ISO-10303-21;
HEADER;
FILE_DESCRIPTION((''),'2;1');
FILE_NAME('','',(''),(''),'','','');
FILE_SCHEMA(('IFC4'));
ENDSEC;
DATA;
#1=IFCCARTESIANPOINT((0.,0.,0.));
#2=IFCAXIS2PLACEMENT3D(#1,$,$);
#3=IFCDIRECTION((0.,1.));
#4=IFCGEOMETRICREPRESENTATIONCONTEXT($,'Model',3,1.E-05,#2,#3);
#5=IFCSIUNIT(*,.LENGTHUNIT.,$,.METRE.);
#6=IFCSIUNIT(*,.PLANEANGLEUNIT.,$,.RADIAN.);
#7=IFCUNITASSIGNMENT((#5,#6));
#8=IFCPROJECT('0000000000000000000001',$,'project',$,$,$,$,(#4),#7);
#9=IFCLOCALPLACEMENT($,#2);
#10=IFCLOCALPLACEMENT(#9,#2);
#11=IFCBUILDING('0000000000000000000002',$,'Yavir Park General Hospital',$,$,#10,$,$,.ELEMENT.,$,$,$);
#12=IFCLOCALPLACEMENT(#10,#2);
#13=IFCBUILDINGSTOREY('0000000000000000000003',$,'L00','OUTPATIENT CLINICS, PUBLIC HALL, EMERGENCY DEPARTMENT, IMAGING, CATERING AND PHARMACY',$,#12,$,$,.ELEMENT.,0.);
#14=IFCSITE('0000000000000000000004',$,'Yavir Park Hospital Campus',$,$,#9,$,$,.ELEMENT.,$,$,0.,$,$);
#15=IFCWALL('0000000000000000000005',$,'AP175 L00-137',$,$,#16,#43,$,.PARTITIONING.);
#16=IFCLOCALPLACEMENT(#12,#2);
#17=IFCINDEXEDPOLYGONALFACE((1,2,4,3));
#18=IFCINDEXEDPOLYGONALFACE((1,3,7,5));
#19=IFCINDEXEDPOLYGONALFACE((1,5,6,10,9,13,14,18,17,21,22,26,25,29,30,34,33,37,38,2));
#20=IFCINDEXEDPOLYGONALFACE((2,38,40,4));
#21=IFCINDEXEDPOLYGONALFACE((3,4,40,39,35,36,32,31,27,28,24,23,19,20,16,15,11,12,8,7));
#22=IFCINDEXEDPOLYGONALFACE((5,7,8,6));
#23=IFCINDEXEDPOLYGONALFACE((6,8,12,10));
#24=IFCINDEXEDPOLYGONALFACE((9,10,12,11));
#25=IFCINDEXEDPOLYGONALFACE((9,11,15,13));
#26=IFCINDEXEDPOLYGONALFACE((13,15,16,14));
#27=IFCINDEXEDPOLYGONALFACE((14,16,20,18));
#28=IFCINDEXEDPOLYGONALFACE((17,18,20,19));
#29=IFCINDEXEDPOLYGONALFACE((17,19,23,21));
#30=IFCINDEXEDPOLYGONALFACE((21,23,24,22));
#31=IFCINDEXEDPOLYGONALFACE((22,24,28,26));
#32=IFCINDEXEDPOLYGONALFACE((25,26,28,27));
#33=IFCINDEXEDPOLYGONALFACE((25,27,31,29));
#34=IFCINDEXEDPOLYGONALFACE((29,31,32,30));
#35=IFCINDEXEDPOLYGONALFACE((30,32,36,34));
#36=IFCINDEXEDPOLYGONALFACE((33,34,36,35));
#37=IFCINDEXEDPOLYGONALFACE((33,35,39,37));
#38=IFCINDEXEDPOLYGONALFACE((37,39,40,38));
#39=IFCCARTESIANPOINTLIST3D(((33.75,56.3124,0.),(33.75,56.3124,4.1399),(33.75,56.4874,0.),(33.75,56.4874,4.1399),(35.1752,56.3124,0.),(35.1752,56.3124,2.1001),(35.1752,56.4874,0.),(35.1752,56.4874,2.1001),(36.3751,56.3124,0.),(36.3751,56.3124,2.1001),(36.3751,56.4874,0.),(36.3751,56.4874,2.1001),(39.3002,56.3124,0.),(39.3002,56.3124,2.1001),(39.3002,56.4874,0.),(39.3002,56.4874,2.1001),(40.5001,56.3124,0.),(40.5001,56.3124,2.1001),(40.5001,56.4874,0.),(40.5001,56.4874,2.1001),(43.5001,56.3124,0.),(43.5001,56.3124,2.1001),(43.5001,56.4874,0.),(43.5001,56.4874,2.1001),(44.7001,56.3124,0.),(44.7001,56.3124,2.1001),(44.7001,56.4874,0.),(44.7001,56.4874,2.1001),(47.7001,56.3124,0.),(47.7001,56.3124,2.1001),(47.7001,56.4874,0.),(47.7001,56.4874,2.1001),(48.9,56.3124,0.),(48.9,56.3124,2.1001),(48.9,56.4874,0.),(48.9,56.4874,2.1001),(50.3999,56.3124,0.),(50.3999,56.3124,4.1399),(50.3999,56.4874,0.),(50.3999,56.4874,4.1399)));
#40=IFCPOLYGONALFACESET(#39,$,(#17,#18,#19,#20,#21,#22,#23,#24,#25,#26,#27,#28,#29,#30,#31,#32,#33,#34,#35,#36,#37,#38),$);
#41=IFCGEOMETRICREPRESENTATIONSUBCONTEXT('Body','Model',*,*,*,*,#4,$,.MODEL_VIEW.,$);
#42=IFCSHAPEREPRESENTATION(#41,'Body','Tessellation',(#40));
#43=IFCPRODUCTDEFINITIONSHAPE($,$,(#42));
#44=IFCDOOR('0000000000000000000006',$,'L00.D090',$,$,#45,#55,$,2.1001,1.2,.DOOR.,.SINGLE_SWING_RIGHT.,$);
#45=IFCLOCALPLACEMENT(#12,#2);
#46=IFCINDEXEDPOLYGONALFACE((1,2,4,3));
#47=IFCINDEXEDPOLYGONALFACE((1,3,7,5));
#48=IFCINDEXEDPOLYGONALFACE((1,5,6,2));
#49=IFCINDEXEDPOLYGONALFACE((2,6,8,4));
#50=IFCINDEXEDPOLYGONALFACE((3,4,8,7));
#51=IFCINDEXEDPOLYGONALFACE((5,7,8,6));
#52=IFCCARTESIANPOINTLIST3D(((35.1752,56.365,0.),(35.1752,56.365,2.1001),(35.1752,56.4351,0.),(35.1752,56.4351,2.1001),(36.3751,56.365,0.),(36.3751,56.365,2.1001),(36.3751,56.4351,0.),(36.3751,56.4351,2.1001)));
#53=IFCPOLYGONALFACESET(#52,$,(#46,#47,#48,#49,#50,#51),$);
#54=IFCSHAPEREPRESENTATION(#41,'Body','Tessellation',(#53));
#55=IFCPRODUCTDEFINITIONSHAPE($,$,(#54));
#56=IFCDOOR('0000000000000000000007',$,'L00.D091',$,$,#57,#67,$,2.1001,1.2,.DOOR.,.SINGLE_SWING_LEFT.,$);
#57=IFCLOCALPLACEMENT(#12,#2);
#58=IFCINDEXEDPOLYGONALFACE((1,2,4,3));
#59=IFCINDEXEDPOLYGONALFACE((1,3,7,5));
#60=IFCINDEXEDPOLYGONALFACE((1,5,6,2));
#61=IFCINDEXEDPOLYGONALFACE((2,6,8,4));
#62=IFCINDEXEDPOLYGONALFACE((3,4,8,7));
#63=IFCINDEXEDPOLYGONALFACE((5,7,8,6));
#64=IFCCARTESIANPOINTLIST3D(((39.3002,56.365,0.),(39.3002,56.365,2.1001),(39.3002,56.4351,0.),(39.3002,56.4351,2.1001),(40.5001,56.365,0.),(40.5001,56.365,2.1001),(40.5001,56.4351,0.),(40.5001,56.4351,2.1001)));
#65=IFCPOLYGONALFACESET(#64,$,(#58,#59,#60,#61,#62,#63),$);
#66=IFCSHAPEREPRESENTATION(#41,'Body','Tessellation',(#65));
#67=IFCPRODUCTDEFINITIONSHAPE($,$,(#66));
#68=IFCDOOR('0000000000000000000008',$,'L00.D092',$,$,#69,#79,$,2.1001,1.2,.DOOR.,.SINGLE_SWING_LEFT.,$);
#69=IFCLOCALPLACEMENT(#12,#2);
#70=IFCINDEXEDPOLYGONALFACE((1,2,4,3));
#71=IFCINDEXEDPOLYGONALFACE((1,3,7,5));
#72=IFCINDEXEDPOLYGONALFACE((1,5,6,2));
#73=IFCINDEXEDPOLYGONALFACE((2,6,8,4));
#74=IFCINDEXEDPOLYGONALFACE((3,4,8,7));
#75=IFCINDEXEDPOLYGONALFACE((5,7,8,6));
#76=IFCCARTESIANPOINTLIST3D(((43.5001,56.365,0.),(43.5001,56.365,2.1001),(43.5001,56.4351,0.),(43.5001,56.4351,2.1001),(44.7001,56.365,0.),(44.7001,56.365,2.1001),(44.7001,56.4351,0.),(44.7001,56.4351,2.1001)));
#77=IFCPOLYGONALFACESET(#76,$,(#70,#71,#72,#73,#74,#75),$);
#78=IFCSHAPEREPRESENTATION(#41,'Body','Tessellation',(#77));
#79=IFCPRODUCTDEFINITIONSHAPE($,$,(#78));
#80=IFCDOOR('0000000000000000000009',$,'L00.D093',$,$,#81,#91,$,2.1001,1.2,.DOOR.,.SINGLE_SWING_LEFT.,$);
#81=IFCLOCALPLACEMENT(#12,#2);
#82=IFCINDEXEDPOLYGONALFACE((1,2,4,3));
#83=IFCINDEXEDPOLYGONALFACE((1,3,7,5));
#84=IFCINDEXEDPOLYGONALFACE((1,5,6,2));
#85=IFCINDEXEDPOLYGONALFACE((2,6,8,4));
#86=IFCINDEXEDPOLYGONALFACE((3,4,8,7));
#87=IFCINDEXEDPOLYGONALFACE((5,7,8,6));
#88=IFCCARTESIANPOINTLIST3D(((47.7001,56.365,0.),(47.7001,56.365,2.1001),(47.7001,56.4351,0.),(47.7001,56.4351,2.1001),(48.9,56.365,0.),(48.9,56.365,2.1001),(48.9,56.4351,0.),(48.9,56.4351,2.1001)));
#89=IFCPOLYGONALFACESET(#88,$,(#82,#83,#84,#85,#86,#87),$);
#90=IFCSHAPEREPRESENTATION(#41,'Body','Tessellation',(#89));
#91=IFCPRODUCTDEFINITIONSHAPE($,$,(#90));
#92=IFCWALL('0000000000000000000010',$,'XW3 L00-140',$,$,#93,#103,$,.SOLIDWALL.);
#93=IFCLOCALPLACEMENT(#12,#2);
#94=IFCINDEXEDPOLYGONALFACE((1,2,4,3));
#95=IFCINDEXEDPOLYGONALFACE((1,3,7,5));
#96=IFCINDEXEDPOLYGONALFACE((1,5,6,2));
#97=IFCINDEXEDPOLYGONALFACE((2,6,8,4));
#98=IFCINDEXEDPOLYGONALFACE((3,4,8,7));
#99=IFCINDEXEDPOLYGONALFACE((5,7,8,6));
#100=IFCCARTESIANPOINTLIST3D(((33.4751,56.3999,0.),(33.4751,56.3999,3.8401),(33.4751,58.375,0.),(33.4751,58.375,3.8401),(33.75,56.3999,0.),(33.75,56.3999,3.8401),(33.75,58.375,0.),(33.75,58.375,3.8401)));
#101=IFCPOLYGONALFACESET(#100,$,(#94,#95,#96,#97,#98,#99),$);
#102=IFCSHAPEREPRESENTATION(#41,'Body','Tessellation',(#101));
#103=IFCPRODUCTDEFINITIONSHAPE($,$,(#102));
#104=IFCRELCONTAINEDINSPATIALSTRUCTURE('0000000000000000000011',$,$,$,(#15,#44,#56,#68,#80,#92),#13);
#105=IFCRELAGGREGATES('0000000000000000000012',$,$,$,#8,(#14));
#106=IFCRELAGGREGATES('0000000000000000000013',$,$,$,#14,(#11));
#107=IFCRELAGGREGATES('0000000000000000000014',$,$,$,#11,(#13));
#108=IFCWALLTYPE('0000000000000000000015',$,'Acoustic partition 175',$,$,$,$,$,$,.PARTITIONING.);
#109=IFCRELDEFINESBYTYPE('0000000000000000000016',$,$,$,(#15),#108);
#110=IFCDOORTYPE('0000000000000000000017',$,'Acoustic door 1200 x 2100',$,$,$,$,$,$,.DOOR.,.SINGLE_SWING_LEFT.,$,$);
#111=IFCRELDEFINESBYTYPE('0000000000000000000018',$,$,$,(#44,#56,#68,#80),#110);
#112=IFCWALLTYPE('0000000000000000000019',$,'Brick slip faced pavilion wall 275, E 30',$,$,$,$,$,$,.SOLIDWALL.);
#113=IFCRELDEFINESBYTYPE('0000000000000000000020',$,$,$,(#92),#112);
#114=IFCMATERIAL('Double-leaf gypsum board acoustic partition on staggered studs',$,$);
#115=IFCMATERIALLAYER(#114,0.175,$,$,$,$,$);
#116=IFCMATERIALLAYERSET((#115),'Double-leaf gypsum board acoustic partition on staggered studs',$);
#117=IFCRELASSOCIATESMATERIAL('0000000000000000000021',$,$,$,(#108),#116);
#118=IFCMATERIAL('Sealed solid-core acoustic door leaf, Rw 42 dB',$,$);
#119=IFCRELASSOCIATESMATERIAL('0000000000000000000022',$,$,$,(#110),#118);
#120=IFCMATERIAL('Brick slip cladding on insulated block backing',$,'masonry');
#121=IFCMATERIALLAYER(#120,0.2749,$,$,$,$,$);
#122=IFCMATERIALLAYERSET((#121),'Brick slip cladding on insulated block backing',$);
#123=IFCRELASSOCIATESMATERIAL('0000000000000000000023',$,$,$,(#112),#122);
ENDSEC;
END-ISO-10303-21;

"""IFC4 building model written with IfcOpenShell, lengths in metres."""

from ifc_helpers import new_model, si_unit, direction, frame, frame_2d, origin, place, context, subcontext, project, spatial, rectangle, extrude, material, layer, layer_set, type_object, element, fill, save


model = new_model("IFC4")

# Units and contexts
model_context = context("Model", 3, precision=1e-05, world=origin(), true_north=direction((0.0, 1.0)))
body_context = subcontext(model_context, "Body", "Model", "MODEL_VIEW")
ifc_project = project(units=[si_unit("LENGTHUNIT", "METRE"), si_unit("PLANEANGLEUNIT", "RADIAN")], contexts=[model_context])

# Site, building, storey
site_placement = place(None, origin())
site = spatial("IfcSite", under=ifc_project, at=site_placement, Name="Yavir Park Hospital Campus", CompositionType="ELEMENT", RefElevation=0.0)
building_placement = place(site_placement, origin())
building = spatial("IfcBuilding", under=site, at=building_placement, Name="Yavir Park General Hospital", CompositionType="ELEMENT")
storey_placement = place(building_placement, origin())
storey = spatial("IfcBuildingStorey", under=building, at=storey_placement, Name="L00", Description="OUTPATIENT CLINICS, PUBLIC HALL, EMERGENCY DEPARTMENT, IMAGING, CATERING AND PHARMACY", CompositionType="ELEMENT", Elevation=0.0)

# Wall, openings, doors
ifc_material_1 = material(Name="Double-leaf gypsum board acoustic partition on staggered studs")
ifc_layer_1 = layer(ifc_material_1, 0.175)
ifc_layer_set_1 = layer_set([ifc_layer_1], Name="Double-leaf gypsum board acoustic partition on staggered studs")
wall_type_1 = type_object("IfcWallType", Name="Acoustic partition 175", PredefinedType="PARTITIONING", material=ifc_layer_set_1)
wall_1_placement = place(storey_placement, frame((33.75, 56.3999, 0.0), z_axis=(0.0, 0.0, 1.0), x_axis=(1.0, 0.0, 0.0)))
wall_1 = element("IfcWall", 1, at=wall_1_placement, inside=storey, type_object=wall_type_1, Name="AP175 L00-137", PredefinedType="PARTITIONING", context=body_context, shape_type="SweptSolid", body=[
    extrude(rectangle(XDim=16.6499, YDim=0.175, at=frame_2d((8.325, 0.0))), origin(), (0.0, 0.0, 1.0), 4.1399),
])
opening_1_placement = place(wall_1_placement, frame((1.425, 0.0, 0.0)))
opening_1 = element("IfcOpeningElement", 2, at=opening_1_placement, cuts=wall_1, PredefinedType="OPENING", context=body_context, shape_type="SweptSolid", body=[
    extrude(rectangle(XDim=1.2, YDim=2.1001, at=frame_2d((0.6001, 1.05))), frame((0.0, 0.0974, 0.0), z_axis=(0.0, -1.0, 0.0), x_axis=(1.0, 0.0, 0.0)), (0.0, 0.0, 1.0), 0.1951),
])
opening_2_placement = place(wall_1_placement, frame((5.55, 0.0, 0.0)))
opening_2 = element("IfcOpeningElement", 3, at=opening_2_placement, cuts=wall_1, PredefinedType="OPENING", context=body_context, shape_type="SweptSolid", body=[
    extrude(rectangle(XDim=1.2, YDim=2.1001, at=frame_2d((0.6001, 1.05))), frame((0.0, 0.0974, 0.0), z_axis=(0.0, -1.0, 0.0), x_axis=(1.0, 0.0, 0.0)), (0.0, 0.0, 1.0), 0.1951),
])
opening_3_placement = place(wall_1_placement, frame((9.75, 0.0, 0.0)))
opening_3 = element("IfcOpeningElement", 4, at=opening_3_placement, cuts=wall_1, PredefinedType="OPENING", context=body_context, shape_type="SweptSolid", body=[
    extrude(rectangle(XDim=1.2, YDim=2.1001, at=frame_2d((0.6001, 1.05))), frame((0.0, 0.0974, 0.0), z_axis=(0.0, -1.0, 0.0), x_axis=(1.0, 0.0, 0.0)), (0.0, 0.0, 1.0), 0.1951),
])
opening_4_placement = place(wall_1_placement, frame((13.95, 0.0, 0.0)))
opening_4 = element("IfcOpeningElement", 5, at=opening_4_placement, cuts=wall_1, PredefinedType="OPENING", context=body_context, shape_type="SweptSolid", body=[
    extrude(rectangle(XDim=1.2, YDim=2.1001, at=frame_2d((0.6001, 1.05))), frame((0.0, 0.0974, 0.0), z_axis=(0.0, -1.0, 0.0), x_axis=(1.0, 0.0, 0.0)), (0.0, 0.0, 1.0), 0.1951),
])
ifc_material_2 = material(Name="Sealed solid-core acoustic door leaf, Rw 42 dB")
door_type_1 = type_object("IfcDoorType", Name="Acoustic door 1200 x 2100", OperationType="SINGLE_SWING_LEFT", PredefinedType="DOOR", material=ifc_material_2)
door_1_placement = place(opening_1_placement, origin())
door_1 = element("IfcDoor", 6, at=door_1_placement, inside=storey, type_object=door_type_1, Name="L00.D090", OperationType="SINGLE_SWING_RIGHT", OverallHeight=2.1001, OverallWidth=1.2, PredefinedType="DOOR", context=body_context, shape_type="SweptSolid", body=[
    extrude(rectangle(XDim=1.2, YDim=2.1001, at=frame_2d((0.6001, 1.05))), frame((0.0, 0.0352, 0.0), z_axis=(0.0, -1.0, 0.0), x_axis=(1.0, 0.0, 0.0)), (0.0, 0.0, 1.0), 0.0701),
])
fill(opening_1, door_1)
door_2_placement = place(opening_2_placement, origin())
door_2 = element("IfcDoor", 7, at=door_2_placement, inside=storey, type_object=door_type_1, Name="L00.D091", OperationType="SINGLE_SWING_LEFT", OverallHeight=2.1001, OverallWidth=1.2, PredefinedType="DOOR", context=body_context, shape_type="SweptSolid", body=[
    extrude(rectangle(XDim=1.2, YDim=2.1001, at=frame_2d((0.6001, 1.05))), frame((0.0, 0.0352, 0.0), z_axis=(0.0, -1.0, 0.0), x_axis=(1.0, 0.0, 0.0)), (0.0, 0.0, 1.0), 0.0701),
])
fill(opening_2, door_2)
door_3_placement = place(opening_3_placement, origin())
door_3 = element("IfcDoor", 8, at=door_3_placement, inside=storey, type_object=door_type_1, Name="L00.D092", OperationType="SINGLE_SWING_LEFT", OverallHeight=2.1001, OverallWidth=1.2, PredefinedType="DOOR", context=body_context, shape_type="SweptSolid", body=[
    extrude(rectangle(XDim=1.2, YDim=2.1001, at=frame_2d((0.6001, 1.05))), frame((0.0, 0.0352, 0.0), z_axis=(0.0, -1.0, 0.0), x_axis=(1.0, 0.0, 0.0)), (0.0, 0.0, 1.0), 0.0701),
])
fill(opening_3, door_3)
door_4_placement = place(opening_4_placement, origin())
door_4 = element("IfcDoor", 9, at=door_4_placement, inside=storey, type_object=door_type_1, Name="L00.D093", OperationType="SINGLE_SWING_LEFT", OverallHeight=2.1001, OverallWidth=1.2, PredefinedType="DOOR", context=body_context, shape_type="SweptSolid", body=[
    extrude(rectangle(XDim=1.2, YDim=2.1001, at=frame_2d((0.6001, 1.05))), frame((0.0, 0.0352, 0.0), z_axis=(0.0, -1.0, 0.0), x_axis=(1.0, 0.0, 0.0)), (0.0, 0.0, 1.0), 0.0701),
])
fill(opening_4, door_4)

# Wall
ifc_material_3 = material(Name="Brick slip cladding on insulated block backing", Category="masonry")
ifc_layer_2 = layer(ifc_material_3, 0.2749)
ifc_layer_set_2 = layer_set([ifc_layer_2], Name="Brick slip cladding on insulated block backing")
wall_type_2 = type_object("IfcWallType", Name="Brick slip faced pavilion wall 275, E 30", PredefinedType="SOLIDWALL", material=ifc_layer_set_2)
wall_2_placement = place(storey_placement, frame((33.6125, 56.3999, 0.0), z_axis=(0.0, 0.0, 1.0), x_axis=(0.0, 1.0, 0.0)))
element("IfcWall", 10, at=wall_2_placement, inside=storey, type_object=wall_type_2, Name="XW3 L00-140", PredefinedType="SOLIDWALL", context=body_context, shape_type="SweptSolid", body=[
    extrude(rectangle(XDim=1.9751, YDim=0.2749, at=frame_2d((0.9875, 0.0))), origin(), (0.0, 0.0, 1.0), 3.8401),
])

save(model, "model.ifc")
